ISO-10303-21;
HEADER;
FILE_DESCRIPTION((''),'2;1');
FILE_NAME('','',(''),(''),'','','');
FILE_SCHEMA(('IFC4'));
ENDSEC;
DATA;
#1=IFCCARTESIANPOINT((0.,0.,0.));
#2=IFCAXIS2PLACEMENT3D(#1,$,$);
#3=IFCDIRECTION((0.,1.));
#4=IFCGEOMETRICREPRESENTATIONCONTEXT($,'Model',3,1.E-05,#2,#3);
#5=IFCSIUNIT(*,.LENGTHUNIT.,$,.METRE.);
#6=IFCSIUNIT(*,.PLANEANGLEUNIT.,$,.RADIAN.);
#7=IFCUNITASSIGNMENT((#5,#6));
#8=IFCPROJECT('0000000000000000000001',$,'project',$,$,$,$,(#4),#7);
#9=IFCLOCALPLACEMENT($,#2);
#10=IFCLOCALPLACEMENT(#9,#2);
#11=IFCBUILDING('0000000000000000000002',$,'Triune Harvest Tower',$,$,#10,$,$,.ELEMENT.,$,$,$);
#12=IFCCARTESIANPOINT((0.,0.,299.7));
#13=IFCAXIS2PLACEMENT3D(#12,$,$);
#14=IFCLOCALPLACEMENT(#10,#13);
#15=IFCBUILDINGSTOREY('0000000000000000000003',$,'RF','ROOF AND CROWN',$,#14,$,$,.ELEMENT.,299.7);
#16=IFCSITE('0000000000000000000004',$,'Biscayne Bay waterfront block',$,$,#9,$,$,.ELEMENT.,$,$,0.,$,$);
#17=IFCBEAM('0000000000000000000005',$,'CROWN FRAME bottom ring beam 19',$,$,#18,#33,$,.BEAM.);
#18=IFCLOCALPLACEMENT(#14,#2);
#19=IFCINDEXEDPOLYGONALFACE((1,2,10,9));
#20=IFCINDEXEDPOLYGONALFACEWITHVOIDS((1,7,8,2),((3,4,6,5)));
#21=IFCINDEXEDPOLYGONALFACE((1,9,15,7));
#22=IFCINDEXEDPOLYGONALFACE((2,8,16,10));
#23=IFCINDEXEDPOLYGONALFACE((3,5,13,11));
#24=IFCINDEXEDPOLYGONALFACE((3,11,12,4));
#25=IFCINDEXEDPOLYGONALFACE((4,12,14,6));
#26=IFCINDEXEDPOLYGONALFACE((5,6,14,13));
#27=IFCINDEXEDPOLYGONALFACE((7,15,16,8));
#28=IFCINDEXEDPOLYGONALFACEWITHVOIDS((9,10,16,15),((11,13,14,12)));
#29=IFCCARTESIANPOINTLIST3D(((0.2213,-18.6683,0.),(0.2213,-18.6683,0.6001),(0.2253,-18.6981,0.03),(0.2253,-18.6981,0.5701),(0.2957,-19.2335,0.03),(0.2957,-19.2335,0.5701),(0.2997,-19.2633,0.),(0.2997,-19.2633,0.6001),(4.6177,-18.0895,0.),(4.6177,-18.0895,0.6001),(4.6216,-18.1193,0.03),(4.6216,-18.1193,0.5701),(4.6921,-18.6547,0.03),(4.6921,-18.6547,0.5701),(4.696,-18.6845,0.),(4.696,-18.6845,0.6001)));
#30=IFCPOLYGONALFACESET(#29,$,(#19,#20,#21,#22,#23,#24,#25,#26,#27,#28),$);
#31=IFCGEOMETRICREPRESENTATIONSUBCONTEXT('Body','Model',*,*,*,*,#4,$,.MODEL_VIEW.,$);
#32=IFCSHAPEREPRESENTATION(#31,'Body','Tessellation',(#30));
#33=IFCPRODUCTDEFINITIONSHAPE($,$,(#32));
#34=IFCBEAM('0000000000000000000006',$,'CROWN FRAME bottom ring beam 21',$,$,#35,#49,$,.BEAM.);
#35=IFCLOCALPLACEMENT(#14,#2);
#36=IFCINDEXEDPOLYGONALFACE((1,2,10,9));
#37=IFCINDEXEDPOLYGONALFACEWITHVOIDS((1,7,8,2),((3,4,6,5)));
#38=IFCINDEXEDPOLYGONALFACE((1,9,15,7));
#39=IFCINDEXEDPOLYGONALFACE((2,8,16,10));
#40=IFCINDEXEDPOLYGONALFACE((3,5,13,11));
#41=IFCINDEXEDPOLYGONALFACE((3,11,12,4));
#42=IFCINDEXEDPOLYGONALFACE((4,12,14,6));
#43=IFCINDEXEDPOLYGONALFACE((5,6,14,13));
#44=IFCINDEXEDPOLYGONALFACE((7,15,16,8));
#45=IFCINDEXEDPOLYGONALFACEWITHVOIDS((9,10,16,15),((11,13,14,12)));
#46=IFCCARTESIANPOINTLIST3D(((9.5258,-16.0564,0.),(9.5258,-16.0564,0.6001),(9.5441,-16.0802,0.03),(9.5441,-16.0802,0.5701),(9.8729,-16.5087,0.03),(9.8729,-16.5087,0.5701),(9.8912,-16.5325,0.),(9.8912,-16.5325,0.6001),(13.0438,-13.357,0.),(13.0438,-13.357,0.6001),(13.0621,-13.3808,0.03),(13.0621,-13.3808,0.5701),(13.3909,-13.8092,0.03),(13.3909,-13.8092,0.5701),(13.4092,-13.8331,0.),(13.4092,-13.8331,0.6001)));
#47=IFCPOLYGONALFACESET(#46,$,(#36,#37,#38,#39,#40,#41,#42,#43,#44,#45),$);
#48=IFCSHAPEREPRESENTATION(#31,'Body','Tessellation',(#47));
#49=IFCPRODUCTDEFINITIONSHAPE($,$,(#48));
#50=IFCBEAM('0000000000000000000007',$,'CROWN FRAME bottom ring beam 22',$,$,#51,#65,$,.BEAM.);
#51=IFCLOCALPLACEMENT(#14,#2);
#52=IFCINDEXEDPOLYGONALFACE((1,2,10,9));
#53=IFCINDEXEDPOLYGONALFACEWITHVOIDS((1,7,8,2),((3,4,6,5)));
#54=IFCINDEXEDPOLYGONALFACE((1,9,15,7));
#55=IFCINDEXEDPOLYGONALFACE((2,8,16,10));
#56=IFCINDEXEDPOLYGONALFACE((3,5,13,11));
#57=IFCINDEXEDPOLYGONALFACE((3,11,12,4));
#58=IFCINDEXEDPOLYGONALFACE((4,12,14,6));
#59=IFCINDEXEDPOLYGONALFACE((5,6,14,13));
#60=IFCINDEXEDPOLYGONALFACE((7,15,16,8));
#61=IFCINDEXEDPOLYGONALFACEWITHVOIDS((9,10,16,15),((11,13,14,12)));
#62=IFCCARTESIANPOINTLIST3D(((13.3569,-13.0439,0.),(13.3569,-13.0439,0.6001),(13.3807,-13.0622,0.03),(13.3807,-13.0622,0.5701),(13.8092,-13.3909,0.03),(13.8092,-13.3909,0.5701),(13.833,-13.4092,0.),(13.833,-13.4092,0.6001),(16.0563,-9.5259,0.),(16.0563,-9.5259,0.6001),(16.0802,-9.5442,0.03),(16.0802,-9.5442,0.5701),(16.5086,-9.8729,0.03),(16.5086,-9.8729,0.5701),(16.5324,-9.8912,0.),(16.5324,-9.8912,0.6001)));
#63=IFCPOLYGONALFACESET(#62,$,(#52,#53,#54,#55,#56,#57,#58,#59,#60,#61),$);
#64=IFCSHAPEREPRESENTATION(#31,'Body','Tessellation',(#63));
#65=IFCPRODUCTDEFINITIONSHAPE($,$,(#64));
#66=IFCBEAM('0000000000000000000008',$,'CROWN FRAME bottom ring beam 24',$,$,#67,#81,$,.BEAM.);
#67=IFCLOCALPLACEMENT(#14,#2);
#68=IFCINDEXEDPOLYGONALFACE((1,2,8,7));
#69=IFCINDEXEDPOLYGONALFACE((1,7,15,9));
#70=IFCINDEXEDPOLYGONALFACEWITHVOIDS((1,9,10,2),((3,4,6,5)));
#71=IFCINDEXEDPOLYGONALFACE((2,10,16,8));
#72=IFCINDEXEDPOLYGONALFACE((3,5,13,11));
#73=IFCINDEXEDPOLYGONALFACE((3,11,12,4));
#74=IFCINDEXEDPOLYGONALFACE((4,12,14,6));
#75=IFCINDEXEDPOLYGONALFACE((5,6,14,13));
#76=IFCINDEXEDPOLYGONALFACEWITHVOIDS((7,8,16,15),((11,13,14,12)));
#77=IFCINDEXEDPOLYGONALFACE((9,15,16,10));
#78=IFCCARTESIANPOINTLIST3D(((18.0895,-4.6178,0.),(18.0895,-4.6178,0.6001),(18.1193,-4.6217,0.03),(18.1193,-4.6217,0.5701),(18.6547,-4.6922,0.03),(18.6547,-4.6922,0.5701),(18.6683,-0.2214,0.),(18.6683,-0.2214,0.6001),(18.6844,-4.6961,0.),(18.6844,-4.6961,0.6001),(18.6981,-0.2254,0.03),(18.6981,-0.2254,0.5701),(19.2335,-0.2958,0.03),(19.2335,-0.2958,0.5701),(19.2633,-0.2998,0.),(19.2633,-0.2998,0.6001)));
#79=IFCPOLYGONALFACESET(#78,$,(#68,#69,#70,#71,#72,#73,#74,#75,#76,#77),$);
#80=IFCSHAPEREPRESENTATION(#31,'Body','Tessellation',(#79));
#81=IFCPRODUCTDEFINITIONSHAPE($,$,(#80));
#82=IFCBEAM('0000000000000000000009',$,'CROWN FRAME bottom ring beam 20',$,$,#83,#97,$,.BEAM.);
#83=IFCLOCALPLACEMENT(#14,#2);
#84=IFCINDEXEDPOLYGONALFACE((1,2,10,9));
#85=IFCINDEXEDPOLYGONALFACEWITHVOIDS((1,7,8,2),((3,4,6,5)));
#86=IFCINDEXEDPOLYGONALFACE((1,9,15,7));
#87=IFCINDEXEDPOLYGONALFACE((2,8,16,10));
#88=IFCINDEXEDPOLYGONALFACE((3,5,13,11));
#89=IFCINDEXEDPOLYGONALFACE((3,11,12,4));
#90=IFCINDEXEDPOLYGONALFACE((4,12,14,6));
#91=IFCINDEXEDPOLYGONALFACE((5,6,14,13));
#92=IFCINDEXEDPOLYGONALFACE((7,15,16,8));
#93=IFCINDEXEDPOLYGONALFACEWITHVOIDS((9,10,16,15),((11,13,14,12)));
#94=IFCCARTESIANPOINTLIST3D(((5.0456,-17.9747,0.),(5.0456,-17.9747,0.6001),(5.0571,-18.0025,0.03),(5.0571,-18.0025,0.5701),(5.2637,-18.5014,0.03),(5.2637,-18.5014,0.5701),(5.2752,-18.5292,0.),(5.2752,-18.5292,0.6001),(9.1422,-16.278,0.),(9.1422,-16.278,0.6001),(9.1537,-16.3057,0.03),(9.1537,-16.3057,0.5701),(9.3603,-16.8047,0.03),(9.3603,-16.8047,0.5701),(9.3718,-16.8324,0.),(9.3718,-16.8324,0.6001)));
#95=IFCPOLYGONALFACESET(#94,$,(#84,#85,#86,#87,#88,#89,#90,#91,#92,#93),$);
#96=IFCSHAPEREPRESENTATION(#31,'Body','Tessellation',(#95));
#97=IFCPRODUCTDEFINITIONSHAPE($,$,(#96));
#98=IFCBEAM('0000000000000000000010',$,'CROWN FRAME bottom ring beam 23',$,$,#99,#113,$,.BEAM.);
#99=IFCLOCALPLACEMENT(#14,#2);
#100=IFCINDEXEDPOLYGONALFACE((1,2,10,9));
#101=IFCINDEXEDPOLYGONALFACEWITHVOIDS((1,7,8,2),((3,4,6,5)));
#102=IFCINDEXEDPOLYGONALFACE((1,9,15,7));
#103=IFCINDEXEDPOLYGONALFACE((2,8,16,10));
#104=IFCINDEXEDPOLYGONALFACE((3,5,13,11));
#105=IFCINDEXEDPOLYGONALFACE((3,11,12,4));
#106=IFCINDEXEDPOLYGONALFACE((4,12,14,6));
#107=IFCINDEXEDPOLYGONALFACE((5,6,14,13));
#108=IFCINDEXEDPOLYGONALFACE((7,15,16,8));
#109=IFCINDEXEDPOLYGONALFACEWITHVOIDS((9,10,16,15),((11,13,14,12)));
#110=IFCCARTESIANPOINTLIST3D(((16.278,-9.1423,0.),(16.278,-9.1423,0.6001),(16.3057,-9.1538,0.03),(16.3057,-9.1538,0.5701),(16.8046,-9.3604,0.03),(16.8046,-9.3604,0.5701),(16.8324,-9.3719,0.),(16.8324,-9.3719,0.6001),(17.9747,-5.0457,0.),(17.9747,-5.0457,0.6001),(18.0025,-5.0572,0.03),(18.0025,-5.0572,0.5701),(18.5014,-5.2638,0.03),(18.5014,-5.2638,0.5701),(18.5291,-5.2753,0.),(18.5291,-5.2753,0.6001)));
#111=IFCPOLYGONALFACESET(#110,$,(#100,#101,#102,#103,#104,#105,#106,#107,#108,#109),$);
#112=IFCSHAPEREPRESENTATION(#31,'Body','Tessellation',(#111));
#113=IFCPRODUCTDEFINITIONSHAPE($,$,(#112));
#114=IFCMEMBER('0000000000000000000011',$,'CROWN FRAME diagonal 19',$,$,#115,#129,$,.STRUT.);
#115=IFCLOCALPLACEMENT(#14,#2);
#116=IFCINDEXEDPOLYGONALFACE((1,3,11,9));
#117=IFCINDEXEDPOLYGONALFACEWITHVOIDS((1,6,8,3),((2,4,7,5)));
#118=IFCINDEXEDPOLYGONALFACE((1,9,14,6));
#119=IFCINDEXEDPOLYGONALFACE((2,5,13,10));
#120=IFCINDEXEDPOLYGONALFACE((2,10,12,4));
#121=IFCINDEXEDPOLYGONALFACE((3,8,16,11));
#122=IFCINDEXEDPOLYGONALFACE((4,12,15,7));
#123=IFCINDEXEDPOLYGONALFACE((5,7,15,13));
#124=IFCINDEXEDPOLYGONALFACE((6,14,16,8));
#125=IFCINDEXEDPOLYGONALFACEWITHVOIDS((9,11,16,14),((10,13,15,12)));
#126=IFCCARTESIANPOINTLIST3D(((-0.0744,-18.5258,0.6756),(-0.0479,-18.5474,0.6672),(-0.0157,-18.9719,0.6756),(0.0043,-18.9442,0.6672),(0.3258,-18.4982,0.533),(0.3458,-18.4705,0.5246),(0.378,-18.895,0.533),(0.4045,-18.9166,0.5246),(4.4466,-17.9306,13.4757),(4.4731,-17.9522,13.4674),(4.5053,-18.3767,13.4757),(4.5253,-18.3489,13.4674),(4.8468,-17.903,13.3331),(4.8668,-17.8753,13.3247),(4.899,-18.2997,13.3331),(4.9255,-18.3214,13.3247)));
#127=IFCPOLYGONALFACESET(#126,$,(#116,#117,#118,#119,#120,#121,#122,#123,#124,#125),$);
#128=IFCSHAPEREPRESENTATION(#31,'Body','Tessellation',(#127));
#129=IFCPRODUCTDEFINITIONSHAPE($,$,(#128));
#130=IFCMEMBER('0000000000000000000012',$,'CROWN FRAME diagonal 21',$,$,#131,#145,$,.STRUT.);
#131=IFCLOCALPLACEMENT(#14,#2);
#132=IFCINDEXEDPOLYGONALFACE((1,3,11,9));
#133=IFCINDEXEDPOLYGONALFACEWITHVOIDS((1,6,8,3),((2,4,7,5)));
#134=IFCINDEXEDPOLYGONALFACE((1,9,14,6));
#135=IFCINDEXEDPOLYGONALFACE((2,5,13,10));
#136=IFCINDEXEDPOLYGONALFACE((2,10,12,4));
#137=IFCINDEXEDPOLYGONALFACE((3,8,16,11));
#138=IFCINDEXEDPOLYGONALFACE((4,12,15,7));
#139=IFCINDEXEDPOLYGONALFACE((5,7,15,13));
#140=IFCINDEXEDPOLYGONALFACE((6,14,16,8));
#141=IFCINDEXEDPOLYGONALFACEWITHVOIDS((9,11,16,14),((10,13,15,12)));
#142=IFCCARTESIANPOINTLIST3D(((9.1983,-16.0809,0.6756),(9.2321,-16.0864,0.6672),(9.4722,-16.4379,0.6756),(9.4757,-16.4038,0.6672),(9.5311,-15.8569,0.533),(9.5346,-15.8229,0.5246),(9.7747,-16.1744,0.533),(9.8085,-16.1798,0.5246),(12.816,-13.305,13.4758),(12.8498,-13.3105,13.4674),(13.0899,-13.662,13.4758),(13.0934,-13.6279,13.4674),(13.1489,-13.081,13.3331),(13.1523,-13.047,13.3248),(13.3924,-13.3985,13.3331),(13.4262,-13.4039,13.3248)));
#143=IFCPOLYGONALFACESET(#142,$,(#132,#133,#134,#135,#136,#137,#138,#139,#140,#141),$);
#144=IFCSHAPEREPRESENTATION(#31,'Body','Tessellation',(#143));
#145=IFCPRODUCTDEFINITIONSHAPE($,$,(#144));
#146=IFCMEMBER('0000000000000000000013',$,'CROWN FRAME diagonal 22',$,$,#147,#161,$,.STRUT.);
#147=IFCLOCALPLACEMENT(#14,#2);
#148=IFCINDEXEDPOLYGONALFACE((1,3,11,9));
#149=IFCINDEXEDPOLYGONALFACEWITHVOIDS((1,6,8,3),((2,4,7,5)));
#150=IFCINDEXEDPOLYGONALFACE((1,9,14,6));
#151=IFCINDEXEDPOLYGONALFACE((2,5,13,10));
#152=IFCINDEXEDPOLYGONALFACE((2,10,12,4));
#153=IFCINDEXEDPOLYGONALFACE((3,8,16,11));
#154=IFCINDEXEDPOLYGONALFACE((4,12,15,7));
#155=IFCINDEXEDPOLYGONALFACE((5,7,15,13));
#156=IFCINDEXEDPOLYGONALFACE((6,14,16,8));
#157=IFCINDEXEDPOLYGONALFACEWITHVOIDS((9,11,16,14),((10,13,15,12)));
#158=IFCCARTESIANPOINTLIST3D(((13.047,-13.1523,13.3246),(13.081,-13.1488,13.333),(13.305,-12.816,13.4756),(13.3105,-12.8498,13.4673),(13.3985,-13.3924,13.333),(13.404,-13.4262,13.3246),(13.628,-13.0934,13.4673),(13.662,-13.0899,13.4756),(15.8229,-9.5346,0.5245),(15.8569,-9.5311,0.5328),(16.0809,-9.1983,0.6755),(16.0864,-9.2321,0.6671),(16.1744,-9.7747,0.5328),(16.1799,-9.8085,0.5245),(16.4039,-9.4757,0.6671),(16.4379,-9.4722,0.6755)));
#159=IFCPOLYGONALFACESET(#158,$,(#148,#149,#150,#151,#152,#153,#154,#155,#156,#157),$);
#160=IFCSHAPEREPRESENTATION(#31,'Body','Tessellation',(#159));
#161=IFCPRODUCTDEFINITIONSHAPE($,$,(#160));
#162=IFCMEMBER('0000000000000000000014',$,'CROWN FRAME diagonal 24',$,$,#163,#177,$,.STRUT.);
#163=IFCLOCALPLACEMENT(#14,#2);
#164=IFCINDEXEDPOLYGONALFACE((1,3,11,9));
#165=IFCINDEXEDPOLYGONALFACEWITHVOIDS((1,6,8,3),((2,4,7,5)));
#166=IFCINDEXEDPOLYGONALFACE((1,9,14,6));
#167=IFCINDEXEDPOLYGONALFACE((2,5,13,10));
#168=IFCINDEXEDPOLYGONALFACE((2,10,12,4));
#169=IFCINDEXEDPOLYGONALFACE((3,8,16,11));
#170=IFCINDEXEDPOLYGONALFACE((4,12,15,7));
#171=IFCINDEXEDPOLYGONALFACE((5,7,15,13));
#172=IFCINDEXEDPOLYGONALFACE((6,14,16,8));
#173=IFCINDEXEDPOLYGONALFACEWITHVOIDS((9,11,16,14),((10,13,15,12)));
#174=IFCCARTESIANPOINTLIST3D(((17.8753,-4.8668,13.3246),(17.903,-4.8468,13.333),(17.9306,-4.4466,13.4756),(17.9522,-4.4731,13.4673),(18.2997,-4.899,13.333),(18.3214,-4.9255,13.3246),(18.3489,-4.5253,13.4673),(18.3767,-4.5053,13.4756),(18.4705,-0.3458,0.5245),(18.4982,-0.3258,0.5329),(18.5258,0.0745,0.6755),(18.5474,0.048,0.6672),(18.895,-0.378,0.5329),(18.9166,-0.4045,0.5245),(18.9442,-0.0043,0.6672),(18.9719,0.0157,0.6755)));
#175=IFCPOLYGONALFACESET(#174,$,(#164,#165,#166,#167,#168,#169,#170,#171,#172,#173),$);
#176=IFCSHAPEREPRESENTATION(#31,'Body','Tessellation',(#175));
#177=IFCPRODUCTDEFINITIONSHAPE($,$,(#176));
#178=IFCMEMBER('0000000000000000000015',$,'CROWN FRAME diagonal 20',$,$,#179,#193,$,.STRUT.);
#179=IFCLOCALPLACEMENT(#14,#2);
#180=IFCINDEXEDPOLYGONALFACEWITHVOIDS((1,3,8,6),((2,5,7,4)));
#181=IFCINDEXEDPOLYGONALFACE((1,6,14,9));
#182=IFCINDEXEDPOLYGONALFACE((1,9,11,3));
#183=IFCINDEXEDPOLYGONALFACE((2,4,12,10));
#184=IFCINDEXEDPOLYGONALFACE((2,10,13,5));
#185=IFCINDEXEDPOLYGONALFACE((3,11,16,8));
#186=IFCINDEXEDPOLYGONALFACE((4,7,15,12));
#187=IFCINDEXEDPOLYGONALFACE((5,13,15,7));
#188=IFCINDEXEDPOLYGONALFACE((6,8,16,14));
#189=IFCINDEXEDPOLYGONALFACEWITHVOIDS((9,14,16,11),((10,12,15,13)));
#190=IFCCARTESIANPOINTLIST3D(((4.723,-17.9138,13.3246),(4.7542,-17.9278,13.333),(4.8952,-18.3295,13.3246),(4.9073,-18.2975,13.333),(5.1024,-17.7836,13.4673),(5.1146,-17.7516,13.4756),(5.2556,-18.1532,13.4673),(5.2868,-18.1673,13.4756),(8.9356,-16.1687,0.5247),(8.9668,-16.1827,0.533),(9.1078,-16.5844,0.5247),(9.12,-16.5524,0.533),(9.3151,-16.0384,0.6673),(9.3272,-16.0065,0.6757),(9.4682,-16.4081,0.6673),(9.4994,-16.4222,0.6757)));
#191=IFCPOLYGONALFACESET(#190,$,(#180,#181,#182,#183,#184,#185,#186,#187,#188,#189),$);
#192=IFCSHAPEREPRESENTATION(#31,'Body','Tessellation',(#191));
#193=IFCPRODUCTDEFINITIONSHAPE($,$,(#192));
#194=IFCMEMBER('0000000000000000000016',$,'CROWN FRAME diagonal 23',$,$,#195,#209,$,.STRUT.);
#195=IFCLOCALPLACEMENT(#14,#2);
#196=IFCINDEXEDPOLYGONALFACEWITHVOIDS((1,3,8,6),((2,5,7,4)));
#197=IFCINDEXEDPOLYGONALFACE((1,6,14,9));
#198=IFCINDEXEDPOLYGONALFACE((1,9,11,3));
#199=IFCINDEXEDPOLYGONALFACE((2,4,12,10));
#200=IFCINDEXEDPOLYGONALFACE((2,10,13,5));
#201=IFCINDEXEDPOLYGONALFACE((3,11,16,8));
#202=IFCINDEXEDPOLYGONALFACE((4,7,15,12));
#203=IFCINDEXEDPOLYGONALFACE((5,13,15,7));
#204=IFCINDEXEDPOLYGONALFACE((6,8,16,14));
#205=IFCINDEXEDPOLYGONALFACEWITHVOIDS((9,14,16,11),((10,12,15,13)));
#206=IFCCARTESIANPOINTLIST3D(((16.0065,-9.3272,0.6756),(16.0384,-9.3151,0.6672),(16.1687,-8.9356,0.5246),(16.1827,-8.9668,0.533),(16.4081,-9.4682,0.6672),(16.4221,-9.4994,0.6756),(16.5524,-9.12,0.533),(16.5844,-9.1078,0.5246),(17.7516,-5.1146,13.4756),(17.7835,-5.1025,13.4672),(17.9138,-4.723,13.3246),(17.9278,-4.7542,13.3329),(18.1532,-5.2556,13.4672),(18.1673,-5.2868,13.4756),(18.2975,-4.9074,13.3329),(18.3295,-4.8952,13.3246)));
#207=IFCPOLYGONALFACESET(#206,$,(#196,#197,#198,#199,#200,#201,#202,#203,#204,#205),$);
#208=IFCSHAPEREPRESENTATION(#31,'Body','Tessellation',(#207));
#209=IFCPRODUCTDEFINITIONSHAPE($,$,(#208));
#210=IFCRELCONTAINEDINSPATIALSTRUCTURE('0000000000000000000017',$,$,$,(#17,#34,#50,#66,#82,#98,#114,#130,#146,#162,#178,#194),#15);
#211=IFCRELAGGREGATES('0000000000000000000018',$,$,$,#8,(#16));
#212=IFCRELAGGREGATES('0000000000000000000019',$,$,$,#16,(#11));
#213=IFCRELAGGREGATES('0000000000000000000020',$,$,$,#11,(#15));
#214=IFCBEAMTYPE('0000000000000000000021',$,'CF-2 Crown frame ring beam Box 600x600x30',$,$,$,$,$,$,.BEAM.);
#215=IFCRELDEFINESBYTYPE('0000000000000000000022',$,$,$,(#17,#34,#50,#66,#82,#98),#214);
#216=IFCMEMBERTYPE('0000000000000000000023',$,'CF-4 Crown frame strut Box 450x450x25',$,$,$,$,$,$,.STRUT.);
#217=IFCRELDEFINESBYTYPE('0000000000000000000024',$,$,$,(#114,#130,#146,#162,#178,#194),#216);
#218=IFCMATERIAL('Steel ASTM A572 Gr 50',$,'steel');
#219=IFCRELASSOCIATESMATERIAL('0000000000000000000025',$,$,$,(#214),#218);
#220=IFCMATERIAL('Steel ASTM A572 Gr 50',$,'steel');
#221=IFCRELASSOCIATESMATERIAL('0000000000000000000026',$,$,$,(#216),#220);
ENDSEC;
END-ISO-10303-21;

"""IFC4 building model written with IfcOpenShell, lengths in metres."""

from ifc_helpers import new_model, si_unit, direction, frame, origin, origin_2d, place, context, subcontext, project, spatial, hollow_rectangle, extrude, source, transform, mapped, material, material_profile, profile_set, type_object, element, save


model = new_model("IFC4")

# Units and contexts
model_context = context("Model", 3, precision=1e-05, world=origin(), true_north=direction((0.0, 1.0)))
body_context = subcontext(model_context, "Body", "Model", "MODEL_VIEW")
ifc_project = project(units=[si_unit("LENGTHUNIT", "METRE"), si_unit("PLANEANGLEUNIT", "RADIAN")], contexts=[model_context])

# Site, building, storey
site_placement = place(None, origin())
site = spatial("IfcSite", under=ifc_project, at=site_placement, Name="Biscayne Bay waterfront block", CompositionType="ELEMENT", RefElevation=0.0)
building_placement = place(site_placement, origin())
building = spatial("IfcBuilding", under=site, at=building_placement, Name="Triune Harvest Tower", CompositionType="ELEMENT")
storey_placement = place(building_placement, frame((0.0, 0.0, 299.7)))
storey = spatial("IfcBuildingStorey", under=building, at=storey_placement, Name="RF", Description="ROOF AND CROWN", CompositionType="ELEMENT", Elevation=299.7)

# Beams
ifc_material_1 = material(Name="Steel ASTM A572 Gr 50", Category="steel")
ifc_material_profile_1 = material_profile(ifc_material_1, hollow_rectangle(XDim=0.6001, YDim=0.6001, WallThickness=0.03, at=origin_2d()), Name="Box 600x600x30")
ifc_profile_set_1 = profile_set([ifc_material_profile_1], Name="Steel ASTM A572 Gr 50")
beam_type = type_object("IfcBeamType", Name="CF-2 Crown frame ring beam Box 600x600x30", PredefinedType="BEAM", material=ifc_profile_set_1)
shared_shape_1 = source(origin(), body_context, "Body", "SweptSolid", [
    extrude(hollow_rectangle(XDim=0.6001, YDim=0.6001, WallThickness=0.03, at=origin_2d()), origin(), (0.0, 0.0, 1.0), 4.4343),
])
for number, where, z_axis, x_axis, name in (
    (1, (0.2605, -18.9658, 0.3), (0.991443, 0.130537, 0.0), (-0.130537, 0.991443, 0.0), "CROWN FRAME bottom ring beam 19"),
    (2, (9.7085, -16.2944, 0.3), (0.793358, 0.608755, 0.0), (-0.608755, 0.793358, 0.0), "CROWN FRAME bottom ring beam 21"),
    (3, (13.595, -13.2266, 0.3), (0.608755, 0.793358, 0.0), (-0.793358, 0.608755, 0.0), "CROWN FRAME bottom ring beam 22"),
    (4, (18.387, -4.657, 0.3), (0.130537, 0.991443, 0.0), (-0.991443, 0.130537, 0.0), "CROWN FRAME bottom ring beam 24"),
):
    element("IfcBeam", number, at=place(storey_placement, frame(where, z_axis=z_axis, x_axis=x_axis)), inside=storey, type_object=beam_type, Name=name, PredefinedType="BEAM", context=body_context, shape_type="MappedRepresentation", body=[
        mapped(shared_shape_1, transform((0.0, 0.0, 0.0), scale=1.0)),
    ])
shared_shape_2 = source(origin(), body_context, "Body", "SweptSolid", [
    extrude(hollow_rectangle(XDim=0.6001, YDim=0.6001, WallThickness=0.03, at=origin_2d()), origin(), (0.0, 0.0, 1.0), 4.4341),
])
for number, where, z_axis, x_axis, name in (
    (5, (5.1604, -18.252, 0.3), (0.923889, 0.38266, 0.0), (-0.38266, 0.923889, 0.0), "CROWN FRAME bottom ring beam 20"),
    (6, (16.5552, -9.2571, 0.3), (0.38266, 0.923889, 0.0), (-0.923889, 0.38266, 0.0), "CROWN FRAME bottom ring beam 23"),
):
    element("IfcBeam", number, at=place(storey_placement, frame(where, z_axis=z_axis, x_axis=x_axis)), inside=storey, type_object=beam_type, Name=name, PredefinedType="BEAM", context=body_context, shape_type="MappedRepresentation", body=[
        mapped(shared_shape_2, transform((0.0, 0.0, 0.0), scale=1.0)),
    ])

# Members
ifc_material_2 = material(Name="Steel ASTM A572 Gr 50", Category="steel")
ifc_material_profile_2 = material_profile(ifc_material_2, hollow_rectangle(XDim=0.45, YDim=0.45, WallThickness=0.0249, at=origin_2d()), Name="Box 450x450x25")
ifc_profile_set_2 = profile_set([ifc_material_profile_2], Name="Steel ASTM A572 Gr 50")
member_type = type_object("IfcMemberType", Name="CF-4 Crown frame strut Box 450x450x25", PredefinedType="STRUT", material=ifc_profile_set_2)
shared_shape_3 = source(origin(), body_context, "Body", "SweptSolid", [
    extrude(hollow_rectangle(XDim=0.45, YDim=0.45, WallThickness=0.0249, at=origin_2d()), origin(), (0.0, 0.0, 1.0), 13.5881),
])
for number, where, z_axis, x_axis, name in (
    (7, (0.165, -18.7212, 0.6001), (0.332719, 0.043804, 0.942008), (-0.130529, 0.991444, 0.0), "CROWN FRAME diagonal 19"),
    (8, (9.5034, -16.1304, 0.6001), (0.26624, 0.204289, 0.94201), (-0.608753, 0.79336, 0.0), "CROWN FRAME diagonal 21"),
    (9, (13.3545, -13.1211, 13.4001), (0.204289, 0.26624, -0.94201), (-0.79336, 0.608753, 0.0), "CROWN FRAME diagonal 22"),
    (10, (18.126, -4.686, 13.4001), (0.043804, 0.332719, -0.942008), (-0.991444, 0.130529, 0.0), "CROWN FRAME diagonal 24"),
):
    element("IfcMember", number, at=place(storey_placement, frame(where, z_axis=z_axis, x_axis=x_axis)), inside=storey, type_object=member_type, Name=name, PredefinedType="STRUT", context=body_context, shape_type="MappedRepresentation", body=[
        mapped(shared_shape_3, transform((0.0, 0.0, 0.0), scale=1.0)),
    ])
shared_shape_4 = source(origin(), body_context, "Body", "SweptSolid", [
    extrude(hollow_rectangle(XDim=0.45, YDim=0.45, WallThickness=0.0249, at=origin_2d()), origin(), (0.0, 0.0, 1.0), 13.5879),
])
for number, where, z_axis, x_axis, name in (
    (11, (5.0049, -18.0405, 13.4001), (0.310028, 0.128431, -0.942013), (-0.382717, 0.923865, 0.0), "CROWN FRAME diagonal 20"),
    (12, (16.2954, -9.2175, 0.6001), (0.128431, 0.310028, 0.942013), (-0.923865, 0.382717, 0.0), "CROWN FRAME diagonal 23"),
):
    element("IfcMember", number, at=place(storey_placement, frame(where, z_axis=z_axis, x_axis=x_axis)), inside=storey, type_object=member_type, Name=name, PredefinedType="STRUT", context=body_context, shape_type="MappedRepresentation", body=[
        mapped(shared_shape_4, transform((0.0, 0.0, 0.0), scale=1.0)),
    ])

save(model, "model.ifc")
